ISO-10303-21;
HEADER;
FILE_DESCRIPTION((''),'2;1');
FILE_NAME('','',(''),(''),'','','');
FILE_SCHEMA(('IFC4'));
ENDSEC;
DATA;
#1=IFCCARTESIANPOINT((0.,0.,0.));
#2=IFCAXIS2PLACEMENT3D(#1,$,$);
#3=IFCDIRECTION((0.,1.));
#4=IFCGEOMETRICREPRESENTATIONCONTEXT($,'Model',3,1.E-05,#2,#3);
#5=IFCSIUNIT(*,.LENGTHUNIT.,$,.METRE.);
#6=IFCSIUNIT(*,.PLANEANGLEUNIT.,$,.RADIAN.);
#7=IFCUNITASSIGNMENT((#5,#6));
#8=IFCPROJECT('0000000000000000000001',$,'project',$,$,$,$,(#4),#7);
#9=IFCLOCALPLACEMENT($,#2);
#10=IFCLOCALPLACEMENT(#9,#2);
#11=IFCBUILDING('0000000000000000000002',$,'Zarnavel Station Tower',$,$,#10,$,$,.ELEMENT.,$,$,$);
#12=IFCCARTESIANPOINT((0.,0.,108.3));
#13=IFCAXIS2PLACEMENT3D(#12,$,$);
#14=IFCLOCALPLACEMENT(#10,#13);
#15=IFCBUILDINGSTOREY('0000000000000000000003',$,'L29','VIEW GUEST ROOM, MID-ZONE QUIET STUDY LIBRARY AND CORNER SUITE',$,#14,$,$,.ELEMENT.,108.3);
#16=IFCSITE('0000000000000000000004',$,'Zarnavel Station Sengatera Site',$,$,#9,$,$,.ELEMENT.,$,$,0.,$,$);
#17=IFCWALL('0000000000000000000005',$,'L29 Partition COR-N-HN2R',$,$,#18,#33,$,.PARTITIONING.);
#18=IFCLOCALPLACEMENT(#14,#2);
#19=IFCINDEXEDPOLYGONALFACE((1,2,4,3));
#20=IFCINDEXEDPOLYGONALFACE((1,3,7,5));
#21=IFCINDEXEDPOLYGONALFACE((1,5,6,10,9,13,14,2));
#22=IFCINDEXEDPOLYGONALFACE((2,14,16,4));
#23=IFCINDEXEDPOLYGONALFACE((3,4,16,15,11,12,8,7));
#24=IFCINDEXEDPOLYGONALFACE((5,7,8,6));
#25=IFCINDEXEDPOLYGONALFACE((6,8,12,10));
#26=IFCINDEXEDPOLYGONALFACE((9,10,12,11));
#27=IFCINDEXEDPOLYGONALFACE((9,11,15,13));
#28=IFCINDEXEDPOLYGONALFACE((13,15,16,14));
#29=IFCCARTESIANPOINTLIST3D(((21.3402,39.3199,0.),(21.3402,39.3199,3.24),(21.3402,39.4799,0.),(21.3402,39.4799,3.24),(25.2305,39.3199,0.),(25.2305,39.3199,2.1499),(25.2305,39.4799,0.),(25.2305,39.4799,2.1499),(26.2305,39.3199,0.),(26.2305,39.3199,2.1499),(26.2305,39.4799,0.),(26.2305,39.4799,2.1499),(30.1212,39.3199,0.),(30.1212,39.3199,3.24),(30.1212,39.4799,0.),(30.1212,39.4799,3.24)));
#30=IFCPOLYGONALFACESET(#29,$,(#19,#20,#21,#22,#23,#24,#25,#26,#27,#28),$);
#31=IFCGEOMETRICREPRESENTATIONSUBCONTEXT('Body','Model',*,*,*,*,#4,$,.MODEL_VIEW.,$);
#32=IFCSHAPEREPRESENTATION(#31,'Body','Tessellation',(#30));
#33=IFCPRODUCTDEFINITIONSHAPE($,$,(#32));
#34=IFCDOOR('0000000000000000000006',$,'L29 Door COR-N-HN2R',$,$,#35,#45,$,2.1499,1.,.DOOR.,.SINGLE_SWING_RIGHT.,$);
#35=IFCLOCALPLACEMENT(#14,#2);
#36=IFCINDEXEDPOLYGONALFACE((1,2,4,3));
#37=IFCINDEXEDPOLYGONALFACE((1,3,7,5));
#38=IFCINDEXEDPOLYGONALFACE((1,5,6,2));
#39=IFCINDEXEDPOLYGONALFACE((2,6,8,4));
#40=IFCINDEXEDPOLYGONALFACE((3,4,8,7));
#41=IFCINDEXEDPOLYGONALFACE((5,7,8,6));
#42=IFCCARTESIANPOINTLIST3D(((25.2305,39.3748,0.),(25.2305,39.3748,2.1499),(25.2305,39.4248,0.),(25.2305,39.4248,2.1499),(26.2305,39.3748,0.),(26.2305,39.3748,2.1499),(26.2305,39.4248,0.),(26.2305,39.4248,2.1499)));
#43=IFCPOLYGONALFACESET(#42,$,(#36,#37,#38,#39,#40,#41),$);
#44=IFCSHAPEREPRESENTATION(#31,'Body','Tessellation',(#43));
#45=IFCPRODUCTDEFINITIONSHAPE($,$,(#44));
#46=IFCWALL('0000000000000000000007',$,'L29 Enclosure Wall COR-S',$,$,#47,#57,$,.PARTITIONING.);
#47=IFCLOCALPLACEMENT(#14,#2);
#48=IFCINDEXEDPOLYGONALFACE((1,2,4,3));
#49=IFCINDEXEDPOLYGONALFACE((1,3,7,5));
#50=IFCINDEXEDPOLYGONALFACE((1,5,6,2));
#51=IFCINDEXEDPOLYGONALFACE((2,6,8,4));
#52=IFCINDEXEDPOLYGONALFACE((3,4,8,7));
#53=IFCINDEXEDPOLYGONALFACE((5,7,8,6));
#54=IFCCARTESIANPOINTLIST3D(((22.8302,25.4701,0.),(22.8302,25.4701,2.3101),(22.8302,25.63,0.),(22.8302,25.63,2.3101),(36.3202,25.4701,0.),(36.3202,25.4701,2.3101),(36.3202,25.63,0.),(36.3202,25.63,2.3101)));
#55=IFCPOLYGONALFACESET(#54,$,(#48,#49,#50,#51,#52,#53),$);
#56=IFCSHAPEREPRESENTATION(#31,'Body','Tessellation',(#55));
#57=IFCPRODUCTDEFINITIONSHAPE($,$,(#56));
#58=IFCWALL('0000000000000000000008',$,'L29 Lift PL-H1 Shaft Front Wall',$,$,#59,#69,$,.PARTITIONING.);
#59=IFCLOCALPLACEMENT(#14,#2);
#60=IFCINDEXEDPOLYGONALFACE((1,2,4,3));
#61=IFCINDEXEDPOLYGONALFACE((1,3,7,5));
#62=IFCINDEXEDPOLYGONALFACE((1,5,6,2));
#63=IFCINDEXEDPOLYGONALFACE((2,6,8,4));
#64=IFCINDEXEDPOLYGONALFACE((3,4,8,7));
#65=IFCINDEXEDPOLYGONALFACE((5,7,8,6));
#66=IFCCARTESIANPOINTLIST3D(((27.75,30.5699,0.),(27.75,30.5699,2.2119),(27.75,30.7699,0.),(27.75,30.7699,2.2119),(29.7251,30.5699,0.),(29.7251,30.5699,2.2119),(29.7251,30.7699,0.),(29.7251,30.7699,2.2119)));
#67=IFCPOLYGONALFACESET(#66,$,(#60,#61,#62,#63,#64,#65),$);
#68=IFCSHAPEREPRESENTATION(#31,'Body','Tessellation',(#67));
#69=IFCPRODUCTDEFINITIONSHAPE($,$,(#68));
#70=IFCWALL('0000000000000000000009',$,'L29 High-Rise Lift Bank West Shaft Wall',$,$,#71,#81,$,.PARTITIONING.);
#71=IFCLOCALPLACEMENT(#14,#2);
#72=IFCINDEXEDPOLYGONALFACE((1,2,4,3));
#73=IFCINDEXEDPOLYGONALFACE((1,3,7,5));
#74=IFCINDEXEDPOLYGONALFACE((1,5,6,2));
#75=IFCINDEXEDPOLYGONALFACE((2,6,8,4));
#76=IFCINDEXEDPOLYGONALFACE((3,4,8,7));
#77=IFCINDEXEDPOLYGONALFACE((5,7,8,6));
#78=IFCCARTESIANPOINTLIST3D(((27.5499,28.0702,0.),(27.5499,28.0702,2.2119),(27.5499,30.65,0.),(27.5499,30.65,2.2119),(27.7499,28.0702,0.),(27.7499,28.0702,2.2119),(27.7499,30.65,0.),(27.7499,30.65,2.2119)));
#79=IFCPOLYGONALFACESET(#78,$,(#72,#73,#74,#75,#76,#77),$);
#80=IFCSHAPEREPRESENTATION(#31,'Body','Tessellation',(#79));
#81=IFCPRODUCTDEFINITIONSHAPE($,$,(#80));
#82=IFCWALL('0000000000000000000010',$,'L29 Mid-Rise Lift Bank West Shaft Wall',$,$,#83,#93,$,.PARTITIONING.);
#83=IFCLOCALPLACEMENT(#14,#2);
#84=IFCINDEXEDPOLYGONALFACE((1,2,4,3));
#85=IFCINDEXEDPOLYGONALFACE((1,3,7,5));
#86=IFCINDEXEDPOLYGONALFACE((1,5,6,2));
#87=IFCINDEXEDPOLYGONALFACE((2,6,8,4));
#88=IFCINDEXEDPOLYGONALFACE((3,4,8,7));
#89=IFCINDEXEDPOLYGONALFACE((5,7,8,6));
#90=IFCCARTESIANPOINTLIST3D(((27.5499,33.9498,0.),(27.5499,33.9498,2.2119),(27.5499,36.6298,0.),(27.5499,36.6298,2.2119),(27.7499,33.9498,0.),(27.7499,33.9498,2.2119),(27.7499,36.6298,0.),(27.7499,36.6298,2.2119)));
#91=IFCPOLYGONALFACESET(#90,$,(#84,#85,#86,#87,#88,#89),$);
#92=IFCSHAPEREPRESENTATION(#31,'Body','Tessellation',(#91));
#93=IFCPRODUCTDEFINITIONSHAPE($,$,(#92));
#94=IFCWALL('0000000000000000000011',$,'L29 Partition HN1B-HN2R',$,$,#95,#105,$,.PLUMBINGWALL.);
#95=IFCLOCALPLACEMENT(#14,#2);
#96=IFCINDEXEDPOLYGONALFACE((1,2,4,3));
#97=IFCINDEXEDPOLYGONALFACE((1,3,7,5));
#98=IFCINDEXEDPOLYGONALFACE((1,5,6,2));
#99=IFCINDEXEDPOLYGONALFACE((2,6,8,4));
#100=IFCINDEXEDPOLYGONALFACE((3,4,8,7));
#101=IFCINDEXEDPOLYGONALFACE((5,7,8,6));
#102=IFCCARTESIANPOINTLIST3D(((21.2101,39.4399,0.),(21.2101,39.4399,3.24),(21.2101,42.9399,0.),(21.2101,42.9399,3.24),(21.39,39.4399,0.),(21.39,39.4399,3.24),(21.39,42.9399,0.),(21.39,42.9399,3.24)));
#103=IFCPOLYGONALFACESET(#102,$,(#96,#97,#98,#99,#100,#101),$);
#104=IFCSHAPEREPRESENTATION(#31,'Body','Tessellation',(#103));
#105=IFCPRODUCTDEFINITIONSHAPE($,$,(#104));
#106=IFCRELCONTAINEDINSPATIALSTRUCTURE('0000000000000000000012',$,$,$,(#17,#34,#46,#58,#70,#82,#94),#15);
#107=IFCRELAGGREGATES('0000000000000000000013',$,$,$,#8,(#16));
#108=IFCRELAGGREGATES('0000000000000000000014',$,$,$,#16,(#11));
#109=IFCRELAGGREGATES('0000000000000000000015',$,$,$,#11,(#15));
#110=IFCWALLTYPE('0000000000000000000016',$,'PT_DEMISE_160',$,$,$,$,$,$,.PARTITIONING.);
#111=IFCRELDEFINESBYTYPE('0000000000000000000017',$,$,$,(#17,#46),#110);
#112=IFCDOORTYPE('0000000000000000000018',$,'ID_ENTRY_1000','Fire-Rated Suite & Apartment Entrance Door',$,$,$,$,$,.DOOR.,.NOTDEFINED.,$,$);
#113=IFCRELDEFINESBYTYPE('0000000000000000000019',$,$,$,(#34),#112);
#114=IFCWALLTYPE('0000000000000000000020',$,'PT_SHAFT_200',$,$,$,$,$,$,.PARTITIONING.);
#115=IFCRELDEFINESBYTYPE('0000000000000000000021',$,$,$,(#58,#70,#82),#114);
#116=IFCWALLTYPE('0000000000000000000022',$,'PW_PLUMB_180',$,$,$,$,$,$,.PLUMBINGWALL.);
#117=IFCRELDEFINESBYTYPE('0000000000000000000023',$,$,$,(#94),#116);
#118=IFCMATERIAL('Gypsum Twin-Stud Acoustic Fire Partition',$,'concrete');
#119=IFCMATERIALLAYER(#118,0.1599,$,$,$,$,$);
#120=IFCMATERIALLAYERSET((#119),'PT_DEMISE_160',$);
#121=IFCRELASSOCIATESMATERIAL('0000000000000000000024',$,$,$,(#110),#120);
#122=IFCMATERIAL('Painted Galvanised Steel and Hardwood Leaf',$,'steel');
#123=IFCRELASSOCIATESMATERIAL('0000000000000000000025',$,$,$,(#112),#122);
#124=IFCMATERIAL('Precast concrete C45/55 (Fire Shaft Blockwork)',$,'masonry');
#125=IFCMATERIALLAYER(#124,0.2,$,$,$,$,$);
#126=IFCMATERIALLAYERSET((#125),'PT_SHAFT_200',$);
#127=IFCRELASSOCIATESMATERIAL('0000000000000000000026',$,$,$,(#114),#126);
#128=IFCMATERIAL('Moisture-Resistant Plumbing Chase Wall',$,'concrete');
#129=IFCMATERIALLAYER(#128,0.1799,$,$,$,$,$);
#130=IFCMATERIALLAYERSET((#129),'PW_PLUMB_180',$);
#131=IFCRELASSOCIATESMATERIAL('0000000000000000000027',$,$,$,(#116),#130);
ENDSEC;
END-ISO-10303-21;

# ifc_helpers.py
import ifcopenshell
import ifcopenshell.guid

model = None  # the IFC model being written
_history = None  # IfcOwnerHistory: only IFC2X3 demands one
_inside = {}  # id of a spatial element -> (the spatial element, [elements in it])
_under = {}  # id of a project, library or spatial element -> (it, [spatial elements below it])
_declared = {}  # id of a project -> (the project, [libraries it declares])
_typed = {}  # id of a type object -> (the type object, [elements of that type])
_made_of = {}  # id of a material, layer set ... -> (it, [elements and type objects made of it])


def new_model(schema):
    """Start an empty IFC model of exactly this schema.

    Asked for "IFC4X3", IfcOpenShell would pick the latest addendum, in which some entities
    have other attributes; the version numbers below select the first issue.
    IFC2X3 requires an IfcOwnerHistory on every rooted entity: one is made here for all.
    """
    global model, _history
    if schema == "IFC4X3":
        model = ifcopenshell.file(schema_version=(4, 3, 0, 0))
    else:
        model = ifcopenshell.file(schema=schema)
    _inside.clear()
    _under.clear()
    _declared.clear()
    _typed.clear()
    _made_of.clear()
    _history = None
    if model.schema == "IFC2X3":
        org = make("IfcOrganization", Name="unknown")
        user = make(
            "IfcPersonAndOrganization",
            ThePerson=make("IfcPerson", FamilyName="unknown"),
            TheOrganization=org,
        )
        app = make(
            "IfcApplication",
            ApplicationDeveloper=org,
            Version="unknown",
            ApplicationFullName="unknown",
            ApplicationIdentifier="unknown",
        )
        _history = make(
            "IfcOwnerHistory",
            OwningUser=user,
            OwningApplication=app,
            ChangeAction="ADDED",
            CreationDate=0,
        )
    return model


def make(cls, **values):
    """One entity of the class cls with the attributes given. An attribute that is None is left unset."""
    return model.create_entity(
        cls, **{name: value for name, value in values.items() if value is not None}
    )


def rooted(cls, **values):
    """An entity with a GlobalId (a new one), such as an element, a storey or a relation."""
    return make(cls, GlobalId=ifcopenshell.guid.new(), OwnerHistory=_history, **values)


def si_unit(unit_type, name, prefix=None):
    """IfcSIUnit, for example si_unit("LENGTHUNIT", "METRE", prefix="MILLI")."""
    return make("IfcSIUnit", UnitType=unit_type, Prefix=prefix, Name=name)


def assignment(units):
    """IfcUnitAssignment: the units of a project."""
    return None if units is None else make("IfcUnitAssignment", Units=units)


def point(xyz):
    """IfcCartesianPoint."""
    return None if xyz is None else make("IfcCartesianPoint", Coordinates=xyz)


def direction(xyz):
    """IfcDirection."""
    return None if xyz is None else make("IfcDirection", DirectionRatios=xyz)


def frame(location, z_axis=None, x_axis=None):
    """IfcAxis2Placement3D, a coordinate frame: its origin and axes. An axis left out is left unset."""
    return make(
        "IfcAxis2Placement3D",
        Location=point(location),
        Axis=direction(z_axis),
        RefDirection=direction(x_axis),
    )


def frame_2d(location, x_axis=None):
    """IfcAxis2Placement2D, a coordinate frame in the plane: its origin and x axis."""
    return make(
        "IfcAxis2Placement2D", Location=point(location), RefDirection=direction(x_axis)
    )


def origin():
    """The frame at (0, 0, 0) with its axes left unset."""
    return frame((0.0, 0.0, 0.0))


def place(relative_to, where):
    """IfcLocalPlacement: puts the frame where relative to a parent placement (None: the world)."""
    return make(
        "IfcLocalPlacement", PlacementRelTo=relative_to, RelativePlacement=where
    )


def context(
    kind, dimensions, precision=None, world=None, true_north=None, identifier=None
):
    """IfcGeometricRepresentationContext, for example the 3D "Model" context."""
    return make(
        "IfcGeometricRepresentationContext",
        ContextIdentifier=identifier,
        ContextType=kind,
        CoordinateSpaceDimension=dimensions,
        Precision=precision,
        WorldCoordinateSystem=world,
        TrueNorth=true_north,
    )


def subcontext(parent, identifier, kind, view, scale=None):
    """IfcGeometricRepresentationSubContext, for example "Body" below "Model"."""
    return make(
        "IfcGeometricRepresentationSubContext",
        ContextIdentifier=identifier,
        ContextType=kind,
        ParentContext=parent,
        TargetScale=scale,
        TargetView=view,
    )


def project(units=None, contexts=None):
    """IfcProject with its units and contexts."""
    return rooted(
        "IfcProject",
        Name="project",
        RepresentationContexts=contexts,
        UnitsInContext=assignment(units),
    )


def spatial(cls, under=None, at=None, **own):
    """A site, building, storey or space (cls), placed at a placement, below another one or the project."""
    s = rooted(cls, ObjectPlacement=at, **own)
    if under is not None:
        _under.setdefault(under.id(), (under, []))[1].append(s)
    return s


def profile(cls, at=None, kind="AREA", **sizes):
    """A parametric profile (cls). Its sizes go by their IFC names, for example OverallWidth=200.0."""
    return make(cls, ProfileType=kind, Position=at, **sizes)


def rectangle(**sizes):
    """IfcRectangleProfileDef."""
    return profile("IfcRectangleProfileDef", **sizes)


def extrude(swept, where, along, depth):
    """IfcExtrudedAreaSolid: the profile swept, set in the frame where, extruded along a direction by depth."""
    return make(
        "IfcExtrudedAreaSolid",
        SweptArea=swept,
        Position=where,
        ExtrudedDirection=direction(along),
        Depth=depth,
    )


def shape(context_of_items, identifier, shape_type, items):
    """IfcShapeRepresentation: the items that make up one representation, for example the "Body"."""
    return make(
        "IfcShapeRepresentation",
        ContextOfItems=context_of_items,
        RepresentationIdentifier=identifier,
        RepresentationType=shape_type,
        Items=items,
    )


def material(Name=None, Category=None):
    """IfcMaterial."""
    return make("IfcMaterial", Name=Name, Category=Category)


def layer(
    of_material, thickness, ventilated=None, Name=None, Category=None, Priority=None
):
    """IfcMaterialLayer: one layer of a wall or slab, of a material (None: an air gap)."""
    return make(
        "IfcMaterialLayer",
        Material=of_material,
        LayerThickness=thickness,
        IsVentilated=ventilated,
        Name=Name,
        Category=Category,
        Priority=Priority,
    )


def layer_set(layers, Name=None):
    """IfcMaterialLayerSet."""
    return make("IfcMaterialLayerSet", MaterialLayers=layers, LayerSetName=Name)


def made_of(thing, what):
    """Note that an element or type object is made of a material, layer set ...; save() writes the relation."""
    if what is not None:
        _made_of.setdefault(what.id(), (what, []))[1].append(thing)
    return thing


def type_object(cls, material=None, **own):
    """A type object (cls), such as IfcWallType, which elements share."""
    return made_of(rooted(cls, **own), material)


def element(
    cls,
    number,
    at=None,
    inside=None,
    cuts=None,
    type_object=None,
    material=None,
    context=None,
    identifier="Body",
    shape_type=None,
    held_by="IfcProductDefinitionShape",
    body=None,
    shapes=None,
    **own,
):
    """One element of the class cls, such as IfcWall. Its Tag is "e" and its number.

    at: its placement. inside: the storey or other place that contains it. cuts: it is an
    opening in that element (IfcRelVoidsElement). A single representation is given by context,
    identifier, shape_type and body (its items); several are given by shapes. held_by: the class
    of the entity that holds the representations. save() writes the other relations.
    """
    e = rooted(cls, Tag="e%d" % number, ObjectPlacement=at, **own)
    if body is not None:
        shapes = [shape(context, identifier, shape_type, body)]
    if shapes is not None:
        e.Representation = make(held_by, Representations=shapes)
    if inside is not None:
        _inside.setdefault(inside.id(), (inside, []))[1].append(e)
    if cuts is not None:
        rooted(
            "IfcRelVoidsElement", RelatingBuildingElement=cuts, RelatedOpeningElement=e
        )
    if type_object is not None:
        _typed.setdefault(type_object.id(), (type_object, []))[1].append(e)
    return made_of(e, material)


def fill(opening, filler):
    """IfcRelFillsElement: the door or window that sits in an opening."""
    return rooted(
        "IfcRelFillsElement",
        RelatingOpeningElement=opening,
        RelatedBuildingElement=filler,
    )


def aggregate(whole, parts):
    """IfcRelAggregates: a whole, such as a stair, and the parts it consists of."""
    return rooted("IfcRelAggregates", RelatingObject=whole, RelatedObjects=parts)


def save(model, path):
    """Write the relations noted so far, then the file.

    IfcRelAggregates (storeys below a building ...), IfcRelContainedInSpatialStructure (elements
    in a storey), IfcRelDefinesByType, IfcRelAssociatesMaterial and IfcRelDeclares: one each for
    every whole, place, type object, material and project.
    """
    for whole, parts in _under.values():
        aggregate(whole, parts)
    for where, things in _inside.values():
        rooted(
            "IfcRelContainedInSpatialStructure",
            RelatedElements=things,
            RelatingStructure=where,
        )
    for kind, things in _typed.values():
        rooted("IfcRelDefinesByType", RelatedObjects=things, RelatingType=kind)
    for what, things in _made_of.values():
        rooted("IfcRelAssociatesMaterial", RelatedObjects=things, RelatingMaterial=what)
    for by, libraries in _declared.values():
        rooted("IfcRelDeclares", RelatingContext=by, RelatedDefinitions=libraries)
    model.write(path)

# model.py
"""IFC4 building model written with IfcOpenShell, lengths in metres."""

from ifc_helpers import new_model, si_unit, direction, frame, frame_2d, origin, place, context, subcontext, project, spatial, rectangle, extrude, material, layer, layer_set, type_object, element, fill, save


model = new_model("IFC4")

# Units and contexts
model_context = context("Model", 3, precision=1e-05, world=origin(), true_north=direction((0.0, 1.0)))
body_context = subcontext(model_context, "Body", "Model", "MODEL_VIEW")
ifc_project = project(units=[si_unit("LENGTHUNIT", "METRE"), si_unit("PLANEANGLEUNIT", "RADIAN")], contexts=[model_context])

# Site, building, storey
site_placement = place(None, origin())
site = spatial("IfcSite", under=ifc_project, at=site_placement, Name="Zarnavel Station Sengatera Site", CompositionType="ELEMENT", RefElevation=0.0)
building_placement = place(site_placement, origin())
building = spatial("IfcBuilding", under=site, at=building_placement, Name="Zarnavel Station Tower", CompositionType="ELEMENT")
storey_placement = place(building_placement, frame((0.0, 0.0, 108.3)))
storey = spatial("IfcBuildingStorey", under=building, at=storey_placement, Name="L29", Description="VIEW GUEST ROOM, MID-ZONE QUIET STUDY LIBRARY AND CORNER SUITE", CompositionType="ELEMENT", Elevation=108.3)

# Wall, opening, door
ifc_material_1 = material(Name="Gypsum Twin-Stud Acoustic Fire Partition", Category="concrete")
ifc_layer_1 = layer(ifc_material_1, 0.1599)
ifc_layer_set_1 = layer_set([ifc_layer_1], Name="PT_DEMISE_160")
wall_type_1 = type_object("IfcWallType", Name="PT_DEMISE_160", PredefinedType="PARTITIONING", material=ifc_layer_set_1)
wall_1_placement = place(storey_placement, frame((21.3401, 39.3999, 0.0), z_axis=(0.0, 0.0, 1.0), x_axis=(1.0, 0.0, 0.0)))
wall_1 = element("IfcWall", 1, at=wall_1_placement, inside=storey, type_object=wall_type_1, Name="L29 Partition COR-N-HN2R", PredefinedType="PARTITIONING", context=body_context, shape_type="SweptSolid", body=[
    extrude(rectangle(XDim=8.781, YDim=0.1599, at=frame_2d((4.3906, 0.0))), origin(), (0.0, 0.0, 1.0), 3.24),
])
opening_1_placement = place(wall_1_placement, frame((3.8904, 0.0, 0.0)))
opening_1 = element("IfcOpeningElement", 2, at=opening_1_placement, cuts=wall_1, PredefinedType="OPENING", context=body_context, shape_type="SweptSolid", body=[
    extrude(rectangle(XDim=1.0, YDim=2.1499, at=frame_2d((0.5, 1.075))), frame((0.0, 0.0898, 0.0), z_axis=(0.0, -1.0, 0.0), x_axis=(1.0, 0.0, 0.0)), (0.0, 0.0, 1.0), 0.1799),
])
ifc_material_2 = material(Name="Painted Galvanised Steel and Hardwood Leaf", Category="steel")
door_type_1 = type_object("IfcDoorType", Name="ID_ENTRY_1000", Description="Fire-Rated Suite & Apartment Entrance Door", OperationType="NOTDEFINED", PredefinedType="DOOR", material=ifc_material_2)
door_1_placement = place(opening_1_placement, origin())
door_1 = element("IfcDoor", 3, at=door_1_placement, inside=storey, type_object=door_type_1, Name="L29 Door COR-N-HN2R", OperationType="SINGLE_SWING_RIGHT", OverallHeight=2.1499, OverallWidth=1.0, PredefinedType="DOOR", context=body_context, shape_type="SweptSolid", body=[
    extrude(rectangle(XDim=1.0, YDim=2.1499, at=frame_2d((0.5, 1.075))), frame((0.0, 0.0249, 0.0), z_axis=(0.0, -1.0, 0.0), x_axis=(1.0, 0.0, 0.0)), (0.0, 0.0, 1.0), 0.05),
])
fill(opening_1, door_1)

# Walls
wall_2_placement = place(storey_placement, frame((22.8301, 25.55, 0.0), z_axis=(0.0, 0.0, 1.0), x_axis=(1.0, 0.0, 0.0)))
element("IfcWall", 4, at=wall_2_placement, inside=storey, type_object=wall_type_1, Name="L29 Enclosure Wall COR-S", PredefinedType="PARTITIONING", context=body_context, shape_type="SweptSolid", body=[
    extrude(rectangle(XDim=13.49, YDim=0.1599, at=frame_2d((6.7451, 0.0))), origin(), (0.0, 0.0, 1.0), 2.3101),
])
ifc_material_3 = material(Name="Precast concrete C45/55 (Fire Shaft Blockwork)", Category="masonry")
ifc_layer_2 = layer(ifc_material_3, 0.2)
ifc_layer_set_2 = layer_set([ifc_layer_2], Name="PT_SHAFT_200")
wall_type_2 = type_object("IfcWallType", Name="PT_SHAFT_200", PredefinedType="PARTITIONING", material=ifc_layer_set_2)
wall_3_placement = place(storey_placement, frame((27.75, 30.6699, 0.0), z_axis=(0.0, 0.0, 1.0), x_axis=(1.0, 0.0, 0.0)))
element("IfcWall", 5, at=wall_3_placement, inside=storey, type_object=wall_type_2, Name="L29 Lift PL-H1 Shaft Front Wall", PredefinedType="PARTITIONING", context=body_context, shape_type="SweptSolid", body=[
    extrude(rectangle(XDim=1.9751, YDim=0.2, at=frame_2d((0.9875, 0.0))), origin(), (0.0, 0.0, 1.0), 2.2119),
])
wall_4_placement = place(storey_placement, frame((27.6499, 28.0701, 0.0), z_axis=(0.0, 0.0, 1.0), x_axis=(0.0, 1.0, 0.0)))
element("IfcWall", 6, at=wall_4_placement, inside=storey, type_object=wall_type_2, Name="L29 High-Rise Lift Bank West Shaft Wall", PredefinedType="PARTITIONING", context=body_context, shape_type="SweptSolid", body=[
    extrude(rectangle(XDim=2.5798, YDim=0.2, at=frame_2d((1.29, 0.0))), origin(), (0.0, 0.0, 1.0), 2.2119),
])

# Wall
wall_5_placement = place(storey_placement, frame((27.6499, 33.95, 0.0), z_axis=(0.0, 0.0, 1.0), x_axis=(0.0, 1.0, 0.0)))
element("IfcWall", 7, at=wall_5_placement, inside=storey, type_object=wall_type_2, Name="L29 Mid-Rise Lift Bank West Shaft Wall", PredefinedType="PARTITIONING", context=body_context, shape_type="SweptSolid", body=[
    extrude(rectangle(XDim=2.6799, YDim=0.2, at=frame_2d((1.3398, 0.0))), origin(), (0.0, 0.0, 1.0), 2.2119),
])

# Wall
ifc_material_4 = material(Name="Moisture-Resistant Plumbing Chase Wall", Category="concrete")
ifc_layer_3 = layer(ifc_material_4, 0.1799)
ifc_layer_set_3 = layer_set([ifc_layer_3], Name="PW_PLUMB_180")
wall_type_3 = type_object("IfcWallType", Name="PW_PLUMB_180", PredefinedType="PLUMBINGWALL", material=ifc_layer_set_3)
wall_6_placement = place(storey_placement, frame((21.3, 39.4399, 0.0), z_axis=(0.0, 0.0, 1.0), x_axis=(0.0, 1.0, 0.0)))
element("IfcWall", 8, at=wall_6_placement, inside=storey, type_object=wall_type_3, Name="L29 Partition HN1B-HN2R", PredefinedType="PLUMBINGWALL", context=body_context, shape_type="SweptSolid", body=[
    extrude(rectangle(XDim=3.5, YDim=0.1799, at=frame_2d((1.75, 0.0))), origin(), (0.0, 0.0, 1.0), 3.24),
])

save(model, "model.ifc")
